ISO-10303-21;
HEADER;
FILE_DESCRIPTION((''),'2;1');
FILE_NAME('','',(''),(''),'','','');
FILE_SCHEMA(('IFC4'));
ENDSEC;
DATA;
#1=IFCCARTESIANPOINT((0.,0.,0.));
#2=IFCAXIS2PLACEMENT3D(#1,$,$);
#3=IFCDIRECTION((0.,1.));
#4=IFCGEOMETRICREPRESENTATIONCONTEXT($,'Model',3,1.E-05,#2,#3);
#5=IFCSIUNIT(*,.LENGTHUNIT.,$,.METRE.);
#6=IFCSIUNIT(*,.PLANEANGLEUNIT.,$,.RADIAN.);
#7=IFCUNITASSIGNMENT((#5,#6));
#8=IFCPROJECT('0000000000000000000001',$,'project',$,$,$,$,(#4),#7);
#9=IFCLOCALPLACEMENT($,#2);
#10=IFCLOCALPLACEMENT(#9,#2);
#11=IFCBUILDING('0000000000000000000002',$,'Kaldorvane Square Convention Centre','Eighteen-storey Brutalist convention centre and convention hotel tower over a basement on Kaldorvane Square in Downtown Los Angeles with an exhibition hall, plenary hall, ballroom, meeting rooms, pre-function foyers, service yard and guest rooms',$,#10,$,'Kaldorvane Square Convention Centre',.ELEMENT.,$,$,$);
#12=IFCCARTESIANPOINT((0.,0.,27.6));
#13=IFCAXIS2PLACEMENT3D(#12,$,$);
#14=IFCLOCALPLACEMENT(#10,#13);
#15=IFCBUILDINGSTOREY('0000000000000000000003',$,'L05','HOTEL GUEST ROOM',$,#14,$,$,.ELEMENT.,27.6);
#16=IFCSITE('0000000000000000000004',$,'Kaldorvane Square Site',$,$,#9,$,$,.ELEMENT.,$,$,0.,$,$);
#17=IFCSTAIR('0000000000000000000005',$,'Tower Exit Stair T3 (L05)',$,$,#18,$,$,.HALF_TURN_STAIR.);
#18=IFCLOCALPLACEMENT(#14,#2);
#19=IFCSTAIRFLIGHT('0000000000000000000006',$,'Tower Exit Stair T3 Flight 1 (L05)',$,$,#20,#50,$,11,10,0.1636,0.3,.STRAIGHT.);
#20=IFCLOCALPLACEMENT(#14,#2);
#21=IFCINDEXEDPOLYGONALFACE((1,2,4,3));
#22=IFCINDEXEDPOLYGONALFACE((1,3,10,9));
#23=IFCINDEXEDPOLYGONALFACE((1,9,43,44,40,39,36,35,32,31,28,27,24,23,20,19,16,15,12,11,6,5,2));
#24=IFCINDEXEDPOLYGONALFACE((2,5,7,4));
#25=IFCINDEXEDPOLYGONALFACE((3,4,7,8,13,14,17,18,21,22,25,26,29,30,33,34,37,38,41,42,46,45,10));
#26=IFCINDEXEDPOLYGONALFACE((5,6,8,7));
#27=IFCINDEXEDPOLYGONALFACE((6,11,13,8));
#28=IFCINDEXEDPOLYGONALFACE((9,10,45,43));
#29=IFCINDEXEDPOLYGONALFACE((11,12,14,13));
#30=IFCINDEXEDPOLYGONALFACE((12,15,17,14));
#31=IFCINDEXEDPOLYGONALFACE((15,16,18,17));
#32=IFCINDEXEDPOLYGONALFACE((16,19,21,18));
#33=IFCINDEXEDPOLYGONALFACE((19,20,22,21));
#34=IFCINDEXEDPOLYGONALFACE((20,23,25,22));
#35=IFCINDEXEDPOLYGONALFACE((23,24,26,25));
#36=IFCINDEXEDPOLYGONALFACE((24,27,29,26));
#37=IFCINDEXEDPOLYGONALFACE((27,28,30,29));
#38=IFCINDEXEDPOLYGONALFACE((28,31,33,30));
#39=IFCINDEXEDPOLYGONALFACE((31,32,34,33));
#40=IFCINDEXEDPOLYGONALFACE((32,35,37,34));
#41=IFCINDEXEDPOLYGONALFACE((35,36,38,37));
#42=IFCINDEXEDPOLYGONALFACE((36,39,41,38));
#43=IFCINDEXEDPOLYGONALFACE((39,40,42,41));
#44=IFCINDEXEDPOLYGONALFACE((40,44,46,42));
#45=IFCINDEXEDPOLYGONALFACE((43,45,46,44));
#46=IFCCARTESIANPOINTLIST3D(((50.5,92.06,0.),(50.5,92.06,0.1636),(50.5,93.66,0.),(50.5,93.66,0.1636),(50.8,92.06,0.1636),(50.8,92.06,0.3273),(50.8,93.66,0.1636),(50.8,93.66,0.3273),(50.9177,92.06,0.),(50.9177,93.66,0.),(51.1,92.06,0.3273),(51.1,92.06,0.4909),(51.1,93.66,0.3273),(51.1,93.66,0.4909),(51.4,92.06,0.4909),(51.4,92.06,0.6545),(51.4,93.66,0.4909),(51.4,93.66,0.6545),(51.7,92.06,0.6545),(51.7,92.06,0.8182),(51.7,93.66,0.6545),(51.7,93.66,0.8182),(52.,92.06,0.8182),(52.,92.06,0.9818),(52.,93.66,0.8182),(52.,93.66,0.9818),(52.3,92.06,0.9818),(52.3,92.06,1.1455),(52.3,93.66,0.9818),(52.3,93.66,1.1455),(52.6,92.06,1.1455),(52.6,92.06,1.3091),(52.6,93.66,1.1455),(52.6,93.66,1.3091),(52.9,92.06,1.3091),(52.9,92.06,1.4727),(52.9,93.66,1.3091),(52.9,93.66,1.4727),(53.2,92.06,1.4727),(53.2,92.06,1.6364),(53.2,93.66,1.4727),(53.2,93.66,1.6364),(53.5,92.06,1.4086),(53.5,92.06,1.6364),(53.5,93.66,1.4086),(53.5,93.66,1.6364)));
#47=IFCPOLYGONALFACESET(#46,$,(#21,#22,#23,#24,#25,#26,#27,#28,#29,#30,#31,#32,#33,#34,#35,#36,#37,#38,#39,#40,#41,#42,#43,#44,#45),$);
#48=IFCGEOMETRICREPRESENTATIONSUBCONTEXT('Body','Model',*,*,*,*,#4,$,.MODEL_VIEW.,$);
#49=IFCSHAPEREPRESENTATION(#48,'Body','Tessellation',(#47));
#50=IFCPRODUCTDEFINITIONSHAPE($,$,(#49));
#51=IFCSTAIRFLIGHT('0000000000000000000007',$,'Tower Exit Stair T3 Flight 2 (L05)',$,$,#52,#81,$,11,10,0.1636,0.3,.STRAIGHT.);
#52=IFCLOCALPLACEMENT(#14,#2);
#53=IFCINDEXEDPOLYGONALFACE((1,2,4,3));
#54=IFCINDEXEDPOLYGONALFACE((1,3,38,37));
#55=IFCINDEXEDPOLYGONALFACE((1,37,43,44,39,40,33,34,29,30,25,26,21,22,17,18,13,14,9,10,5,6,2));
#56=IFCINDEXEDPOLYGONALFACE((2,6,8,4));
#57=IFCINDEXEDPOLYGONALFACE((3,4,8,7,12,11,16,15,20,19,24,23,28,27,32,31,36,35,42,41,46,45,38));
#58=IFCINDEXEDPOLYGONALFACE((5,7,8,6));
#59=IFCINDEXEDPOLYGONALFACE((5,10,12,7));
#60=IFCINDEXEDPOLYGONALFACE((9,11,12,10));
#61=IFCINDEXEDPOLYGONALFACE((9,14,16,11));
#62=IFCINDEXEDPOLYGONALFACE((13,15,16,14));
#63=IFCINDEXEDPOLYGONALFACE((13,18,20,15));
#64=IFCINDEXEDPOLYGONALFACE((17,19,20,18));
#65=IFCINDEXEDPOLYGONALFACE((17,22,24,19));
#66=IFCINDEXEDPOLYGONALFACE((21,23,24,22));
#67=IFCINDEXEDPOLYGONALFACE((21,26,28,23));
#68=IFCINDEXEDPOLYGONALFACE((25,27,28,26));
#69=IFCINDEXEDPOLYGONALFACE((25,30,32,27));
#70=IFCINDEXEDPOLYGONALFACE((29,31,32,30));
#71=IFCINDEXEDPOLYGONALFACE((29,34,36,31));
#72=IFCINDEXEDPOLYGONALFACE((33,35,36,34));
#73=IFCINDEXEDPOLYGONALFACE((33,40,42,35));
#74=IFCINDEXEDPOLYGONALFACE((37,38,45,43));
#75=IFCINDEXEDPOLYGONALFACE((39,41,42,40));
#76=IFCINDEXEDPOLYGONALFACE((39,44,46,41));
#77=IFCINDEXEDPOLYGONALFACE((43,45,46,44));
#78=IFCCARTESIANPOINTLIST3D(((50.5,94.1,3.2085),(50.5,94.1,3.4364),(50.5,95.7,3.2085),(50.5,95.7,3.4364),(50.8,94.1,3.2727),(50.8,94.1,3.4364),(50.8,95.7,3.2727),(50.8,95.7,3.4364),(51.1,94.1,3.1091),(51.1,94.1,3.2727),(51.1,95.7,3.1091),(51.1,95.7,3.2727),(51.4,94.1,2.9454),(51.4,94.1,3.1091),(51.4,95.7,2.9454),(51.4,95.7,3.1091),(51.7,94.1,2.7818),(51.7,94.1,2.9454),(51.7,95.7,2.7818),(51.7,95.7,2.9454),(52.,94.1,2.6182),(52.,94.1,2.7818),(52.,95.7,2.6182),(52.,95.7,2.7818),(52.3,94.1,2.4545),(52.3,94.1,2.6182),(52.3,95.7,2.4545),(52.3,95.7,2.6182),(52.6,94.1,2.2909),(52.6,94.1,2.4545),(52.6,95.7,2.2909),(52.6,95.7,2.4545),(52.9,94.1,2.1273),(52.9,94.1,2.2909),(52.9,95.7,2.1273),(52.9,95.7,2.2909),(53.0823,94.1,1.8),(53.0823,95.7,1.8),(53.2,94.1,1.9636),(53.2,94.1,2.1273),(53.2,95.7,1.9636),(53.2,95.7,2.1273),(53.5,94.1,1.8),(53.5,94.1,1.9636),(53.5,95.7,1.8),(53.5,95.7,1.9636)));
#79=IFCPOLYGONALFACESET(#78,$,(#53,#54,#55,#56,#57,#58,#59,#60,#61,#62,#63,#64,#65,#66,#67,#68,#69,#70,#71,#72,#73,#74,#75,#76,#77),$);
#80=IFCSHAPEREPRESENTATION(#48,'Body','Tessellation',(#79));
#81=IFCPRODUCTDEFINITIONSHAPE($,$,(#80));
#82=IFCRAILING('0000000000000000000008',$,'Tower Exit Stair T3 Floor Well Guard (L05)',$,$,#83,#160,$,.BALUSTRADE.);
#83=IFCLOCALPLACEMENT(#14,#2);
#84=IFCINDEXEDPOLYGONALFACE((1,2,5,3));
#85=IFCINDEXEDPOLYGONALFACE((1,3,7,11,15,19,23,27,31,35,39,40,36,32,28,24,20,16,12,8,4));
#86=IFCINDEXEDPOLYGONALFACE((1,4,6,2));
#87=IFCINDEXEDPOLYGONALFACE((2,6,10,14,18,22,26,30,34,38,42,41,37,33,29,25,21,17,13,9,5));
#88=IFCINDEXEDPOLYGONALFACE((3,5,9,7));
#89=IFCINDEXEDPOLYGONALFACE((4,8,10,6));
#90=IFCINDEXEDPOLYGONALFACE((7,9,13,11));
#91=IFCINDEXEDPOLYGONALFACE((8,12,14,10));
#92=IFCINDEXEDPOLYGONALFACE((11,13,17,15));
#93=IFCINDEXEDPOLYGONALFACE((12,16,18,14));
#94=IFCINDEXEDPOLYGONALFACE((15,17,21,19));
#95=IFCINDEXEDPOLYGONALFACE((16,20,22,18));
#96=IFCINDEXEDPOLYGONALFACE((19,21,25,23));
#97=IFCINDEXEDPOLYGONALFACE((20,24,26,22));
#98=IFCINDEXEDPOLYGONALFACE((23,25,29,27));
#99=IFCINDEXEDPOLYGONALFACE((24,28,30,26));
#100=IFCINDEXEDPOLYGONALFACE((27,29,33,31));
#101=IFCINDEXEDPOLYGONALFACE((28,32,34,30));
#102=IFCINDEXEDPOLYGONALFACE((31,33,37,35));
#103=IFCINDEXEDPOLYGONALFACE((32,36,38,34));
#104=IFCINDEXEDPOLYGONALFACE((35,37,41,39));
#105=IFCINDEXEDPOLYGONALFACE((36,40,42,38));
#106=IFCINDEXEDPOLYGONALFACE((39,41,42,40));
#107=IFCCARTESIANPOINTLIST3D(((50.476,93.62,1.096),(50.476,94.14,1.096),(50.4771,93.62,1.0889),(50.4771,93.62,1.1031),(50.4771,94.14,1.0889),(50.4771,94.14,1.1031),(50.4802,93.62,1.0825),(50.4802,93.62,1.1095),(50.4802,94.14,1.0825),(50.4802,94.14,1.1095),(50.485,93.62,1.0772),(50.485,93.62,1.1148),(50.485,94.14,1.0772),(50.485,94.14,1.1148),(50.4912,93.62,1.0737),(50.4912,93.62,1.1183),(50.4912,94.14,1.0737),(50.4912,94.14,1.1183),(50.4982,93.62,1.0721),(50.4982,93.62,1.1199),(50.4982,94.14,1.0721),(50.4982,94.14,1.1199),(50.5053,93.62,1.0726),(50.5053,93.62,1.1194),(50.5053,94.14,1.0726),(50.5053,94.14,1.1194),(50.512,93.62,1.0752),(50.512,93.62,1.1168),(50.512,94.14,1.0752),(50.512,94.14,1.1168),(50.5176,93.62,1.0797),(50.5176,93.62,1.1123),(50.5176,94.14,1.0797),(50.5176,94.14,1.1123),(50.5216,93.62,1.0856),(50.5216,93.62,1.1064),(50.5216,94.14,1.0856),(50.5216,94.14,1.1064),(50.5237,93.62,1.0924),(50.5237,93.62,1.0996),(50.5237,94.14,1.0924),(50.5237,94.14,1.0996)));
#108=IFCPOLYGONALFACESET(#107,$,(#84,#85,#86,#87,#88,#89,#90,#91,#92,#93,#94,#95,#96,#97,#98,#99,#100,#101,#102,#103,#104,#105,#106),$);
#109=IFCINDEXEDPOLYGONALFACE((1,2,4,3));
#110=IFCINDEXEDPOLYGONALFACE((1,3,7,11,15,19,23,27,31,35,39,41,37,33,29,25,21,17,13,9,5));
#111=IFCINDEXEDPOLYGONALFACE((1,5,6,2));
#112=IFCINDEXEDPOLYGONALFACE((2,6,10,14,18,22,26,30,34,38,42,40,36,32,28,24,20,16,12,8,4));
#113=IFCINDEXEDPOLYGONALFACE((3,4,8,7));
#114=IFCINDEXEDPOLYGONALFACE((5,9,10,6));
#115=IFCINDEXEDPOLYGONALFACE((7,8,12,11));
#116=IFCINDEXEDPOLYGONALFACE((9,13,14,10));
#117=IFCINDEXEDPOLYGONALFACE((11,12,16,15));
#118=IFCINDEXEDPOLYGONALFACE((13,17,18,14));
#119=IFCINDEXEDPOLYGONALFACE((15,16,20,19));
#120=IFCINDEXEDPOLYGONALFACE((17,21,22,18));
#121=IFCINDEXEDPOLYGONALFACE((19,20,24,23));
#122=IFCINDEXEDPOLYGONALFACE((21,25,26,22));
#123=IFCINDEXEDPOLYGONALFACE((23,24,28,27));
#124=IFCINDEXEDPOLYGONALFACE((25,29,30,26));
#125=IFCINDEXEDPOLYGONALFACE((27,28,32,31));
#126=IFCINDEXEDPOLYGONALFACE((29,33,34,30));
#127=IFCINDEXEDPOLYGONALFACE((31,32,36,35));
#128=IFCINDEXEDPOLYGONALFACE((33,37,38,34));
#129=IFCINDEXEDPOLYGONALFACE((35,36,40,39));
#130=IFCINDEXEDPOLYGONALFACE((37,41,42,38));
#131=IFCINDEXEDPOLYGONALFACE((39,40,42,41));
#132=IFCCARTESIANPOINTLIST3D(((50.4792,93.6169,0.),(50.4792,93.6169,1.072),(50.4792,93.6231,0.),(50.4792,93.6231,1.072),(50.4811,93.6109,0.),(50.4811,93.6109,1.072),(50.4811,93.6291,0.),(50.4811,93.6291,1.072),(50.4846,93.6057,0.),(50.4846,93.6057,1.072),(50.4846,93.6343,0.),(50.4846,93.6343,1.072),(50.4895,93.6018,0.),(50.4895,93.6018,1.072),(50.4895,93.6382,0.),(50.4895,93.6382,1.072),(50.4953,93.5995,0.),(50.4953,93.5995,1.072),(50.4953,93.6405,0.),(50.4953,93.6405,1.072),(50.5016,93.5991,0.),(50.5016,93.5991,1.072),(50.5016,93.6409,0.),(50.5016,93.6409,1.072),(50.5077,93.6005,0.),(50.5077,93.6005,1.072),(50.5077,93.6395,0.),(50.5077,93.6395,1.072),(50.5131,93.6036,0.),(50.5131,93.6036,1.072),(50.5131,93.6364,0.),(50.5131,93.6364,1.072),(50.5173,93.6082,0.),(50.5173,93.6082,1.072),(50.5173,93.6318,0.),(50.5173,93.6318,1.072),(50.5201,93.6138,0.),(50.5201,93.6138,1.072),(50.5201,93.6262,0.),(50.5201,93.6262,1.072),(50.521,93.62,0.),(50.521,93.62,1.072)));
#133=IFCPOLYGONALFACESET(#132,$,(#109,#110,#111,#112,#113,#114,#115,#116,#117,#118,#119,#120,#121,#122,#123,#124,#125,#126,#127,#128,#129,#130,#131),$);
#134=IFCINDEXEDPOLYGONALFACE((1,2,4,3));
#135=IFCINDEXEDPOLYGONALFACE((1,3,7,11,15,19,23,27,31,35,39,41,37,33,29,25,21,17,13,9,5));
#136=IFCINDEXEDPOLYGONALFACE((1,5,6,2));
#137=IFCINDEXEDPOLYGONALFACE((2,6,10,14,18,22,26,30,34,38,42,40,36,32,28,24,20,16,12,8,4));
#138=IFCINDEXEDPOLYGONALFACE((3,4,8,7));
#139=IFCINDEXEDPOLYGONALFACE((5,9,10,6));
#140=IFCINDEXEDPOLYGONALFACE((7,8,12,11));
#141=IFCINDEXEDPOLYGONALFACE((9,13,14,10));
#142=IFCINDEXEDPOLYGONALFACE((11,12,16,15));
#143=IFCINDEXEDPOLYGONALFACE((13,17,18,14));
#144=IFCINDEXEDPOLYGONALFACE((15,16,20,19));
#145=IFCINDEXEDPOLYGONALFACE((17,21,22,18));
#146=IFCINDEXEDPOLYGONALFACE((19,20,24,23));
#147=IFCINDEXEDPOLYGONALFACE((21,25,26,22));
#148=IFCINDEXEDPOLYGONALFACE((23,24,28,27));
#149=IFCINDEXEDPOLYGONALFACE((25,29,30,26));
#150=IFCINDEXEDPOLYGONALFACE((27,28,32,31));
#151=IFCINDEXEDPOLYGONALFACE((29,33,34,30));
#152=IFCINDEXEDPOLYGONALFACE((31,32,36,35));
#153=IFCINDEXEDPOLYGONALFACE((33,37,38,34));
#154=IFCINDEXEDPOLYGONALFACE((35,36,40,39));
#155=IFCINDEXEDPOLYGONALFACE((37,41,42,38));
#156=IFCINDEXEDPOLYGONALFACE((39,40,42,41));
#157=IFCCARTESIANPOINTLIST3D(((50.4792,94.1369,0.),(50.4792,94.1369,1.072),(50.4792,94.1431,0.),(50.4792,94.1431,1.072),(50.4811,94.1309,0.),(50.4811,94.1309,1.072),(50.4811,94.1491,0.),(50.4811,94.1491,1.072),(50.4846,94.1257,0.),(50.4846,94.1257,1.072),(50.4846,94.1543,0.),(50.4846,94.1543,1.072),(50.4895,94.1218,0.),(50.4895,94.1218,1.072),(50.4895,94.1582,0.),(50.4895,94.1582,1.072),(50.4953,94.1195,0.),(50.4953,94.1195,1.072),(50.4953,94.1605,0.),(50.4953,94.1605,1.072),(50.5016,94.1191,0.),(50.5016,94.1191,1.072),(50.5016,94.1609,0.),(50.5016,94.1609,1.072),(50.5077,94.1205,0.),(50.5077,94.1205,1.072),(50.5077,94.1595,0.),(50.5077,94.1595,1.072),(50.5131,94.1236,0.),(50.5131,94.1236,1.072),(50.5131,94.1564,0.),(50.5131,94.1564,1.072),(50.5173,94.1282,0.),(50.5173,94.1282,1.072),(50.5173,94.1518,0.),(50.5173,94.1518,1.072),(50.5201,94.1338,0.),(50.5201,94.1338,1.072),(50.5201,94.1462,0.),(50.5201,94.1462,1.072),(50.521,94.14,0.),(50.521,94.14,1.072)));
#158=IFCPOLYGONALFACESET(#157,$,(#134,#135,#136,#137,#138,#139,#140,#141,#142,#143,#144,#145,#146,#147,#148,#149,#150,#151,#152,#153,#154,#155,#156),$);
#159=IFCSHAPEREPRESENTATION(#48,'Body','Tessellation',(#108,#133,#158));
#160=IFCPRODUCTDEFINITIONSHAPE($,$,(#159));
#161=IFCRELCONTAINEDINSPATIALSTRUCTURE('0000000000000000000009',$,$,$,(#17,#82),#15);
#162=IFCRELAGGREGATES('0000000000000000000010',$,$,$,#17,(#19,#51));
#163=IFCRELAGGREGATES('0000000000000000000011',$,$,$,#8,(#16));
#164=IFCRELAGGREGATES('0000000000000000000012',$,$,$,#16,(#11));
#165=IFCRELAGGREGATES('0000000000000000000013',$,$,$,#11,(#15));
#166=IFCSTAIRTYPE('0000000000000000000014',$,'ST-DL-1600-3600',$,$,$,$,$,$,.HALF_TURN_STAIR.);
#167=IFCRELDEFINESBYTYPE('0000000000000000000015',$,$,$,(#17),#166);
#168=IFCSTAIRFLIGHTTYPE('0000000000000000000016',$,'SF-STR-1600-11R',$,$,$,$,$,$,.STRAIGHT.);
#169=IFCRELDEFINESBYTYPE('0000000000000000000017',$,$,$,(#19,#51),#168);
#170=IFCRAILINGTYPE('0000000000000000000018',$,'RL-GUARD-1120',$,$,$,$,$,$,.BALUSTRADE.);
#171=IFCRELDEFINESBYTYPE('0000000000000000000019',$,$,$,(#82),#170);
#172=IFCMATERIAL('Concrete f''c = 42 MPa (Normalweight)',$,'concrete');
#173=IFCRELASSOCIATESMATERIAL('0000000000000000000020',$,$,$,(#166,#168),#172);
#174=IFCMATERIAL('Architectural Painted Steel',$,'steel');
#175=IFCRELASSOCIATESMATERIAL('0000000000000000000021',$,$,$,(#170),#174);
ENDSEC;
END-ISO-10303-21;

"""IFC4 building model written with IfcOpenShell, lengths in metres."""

from ifc_helpers import new_model, si_unit, direction, frame, origin, origin_2d, place, context, subcontext, project, spatial, polyline, circle, outline, extrude, material, type_object, element, aggregate, save


model = new_model("IFC4")

# Units and contexts
model_context = context("Model", 3, precision=1e-05, world=origin(), true_north=direction((0.0, 1.0)))
body_context = subcontext(model_context, "Body", "Model", "MODEL_VIEW")
ifc_project = project(units=[si_unit("LENGTHUNIT", "METRE"), si_unit("PLANEANGLEUNIT", "RADIAN")], contexts=[model_context])

# Site, building, storey
site_placement = place(None, origin())
site = spatial("IfcSite", under=ifc_project, at=site_placement, Name="Kaldorvane Square Site", CompositionType="ELEMENT", RefElevation=0.0)
building_placement = place(site_placement, origin())
building = spatial("IfcBuilding", under=site, at=building_placement, Name="Kaldorvane Square Convention Centre", Description="Eighteen-storey Brutalist convention centre and convention hotel tower over a basement on Kaldorvane Square in Downtown Los Angeles with an exhibition hall, plenary hall, ballroom, meeting rooms, pre-function foyers, service yard and guest rooms", LongName="Kaldorvane Square Convention Centre", CompositionType="ELEMENT")
storey_placement = place(building_placement, frame((0.0, 0.0, 27.6)))
storey = spatial("IfcBuildingStorey", under=building, at=storey_placement, Name="L05", Description="HOTEL GUEST ROOM", CompositionType="ELEMENT", Elevation=27.6)

# Shared definitions
ifc_material_1 = material(Name="Concrete f'c = 42 MPa (Normalweight)", Category="concrete")
stair_type = type_object("IfcStairType", Name="ST-DL-1600-3600", PredefinedType="HALF_TURN_STAIR", material=ifc_material_1)
stair_flight_type = type_object("IfcStairFlightType", Name="SF-STR-1600-11R", PredefinedType="STRAIGHT", material=ifc_material_1)

# Stair, stair flights
stair_1_placement = place(storey_placement, origin())
stair_1 = element("IfcStair", 1, at=stair_1_placement, inside=storey, type_object=stair_type, Name="Tower Exit Stair T3 (L05)", PredefinedType="HALF_TURN_STAIR")
stair_flight_1_placement = place(storey_placement, frame((50.5, 92.86, 0.0), z_axis=(0.0, 0.0, 1.0), x_axis=(1.0, 0.0, 0.0)))
stair_flight_1 = element("IfcStairFlight", 2, at=stair_flight_1_placement, type_object=stair_flight_type, Name="Tower Exit Stair T3 Flight 1 (L05)", NumberOfRisers=11, NumberOfTreads=10, PredefinedType="STRAIGHT", RiserHeight=0.1636, TreadLength=0.3, context=body_context, shape_type="SweptSolid", body=[
    extrude(outline(polyline([(0.0, 0.0), (0.0, 0.1636), (0.3, 0.1636), (0.3, 0.3273), (0.6, 0.3273), (0.6, 0.4909), (0.9, 0.4909), (0.9, 0.6545), (1.2, 0.6545), (1.2, 0.8182), (1.5, 0.8182), (1.5, 0.9818), (1.8, 0.9818), (1.8, 1.1455), (2.1, 1.1455), (2.1, 1.3091), (2.4, 1.3091), (2.4, 1.4727), (2.7, 1.4727), (2.7, 1.6364), (3.0, 1.6364), (3.0, 1.8), (3.0, 1.4086), (0.4177, 0.0), (0.0, 0.0)])), frame((0.0, 0.8, 0.0), z_axis=(0.0, -1.0, 0.0), x_axis=(1.0, 0.0, 0.0)), (0.0, 0.0, 1.0), 1.6),
])
stair_flight_2_placement = place(storey_placement, frame((53.5, 94.9, 1.8), z_axis=(0.0, 0.0, 1.0), x_axis=(-1.0, 0.0, 0.0)))
stair_flight_2 = element("IfcStairFlight", 3, at=stair_flight_2_placement, type_object=stair_flight_type, Name="Tower Exit Stair T3 Flight 2 (L05)", NumberOfRisers=11, NumberOfTreads=10, PredefinedType="STRAIGHT", RiserHeight=0.1636, TreadLength=0.3, context=body_context, shape_type="SweptSolid", body=[
    extrude(outline(polyline([(0.0, 0.0), (0.0, 0.1636), (0.3, 0.1636), (0.3, 0.3273), (0.6, 0.3273), (0.6, 0.4909), (0.9, 0.4909), (0.9, 0.6545), (1.2, 0.6545), (1.2, 0.8182), (1.5, 0.8182), (1.5, 0.9818), (1.8, 0.9818), (1.8, 1.1455), (2.1, 1.1455), (2.1, 1.3091), (2.4, 1.3091), (2.4, 1.4727), (2.7, 1.4727), (2.7, 1.6364), (3.0, 1.6364), (3.0, 1.8), (3.0, 1.4086), (0.4177, 0.0), (0.0, 0.0)])), frame((0.0, 0.8, 0.0), z_axis=(0.0, -1.0, 0.0), x_axis=(1.0, 0.0, 0.0)), (0.0, 0.0, 1.0), 1.6),
])
aggregate(stair_1, [stair_flight_1, stair_flight_2])

# Railing
ifc_material_2 = material(Name="Architectural Painted Steel", Category="steel")
railing_type_1 = type_object("IfcRailingType", Name="RL-GUARD-1120", PredefinedType="BALUSTRADE", material=ifc_material_2)
for number, where, name in (
    (4, (50.5, 93.62, 0.0), "Tower Exit Stair T3 Floor Well Guard (L05)"),
):
    element("IfcRailing", number, at=place(storey_placement, frame(where)), inside=storey, type_object=railing_type_1, Name=name, PredefinedType="BALUSTRADE", context=body_context, shape_type="SweptSolid", body=[
        extrude(circle(Radius=0.024, at=origin_2d()), frame((0.0, 0.0, 1.096), z_axis=(0.0, 1.0, 0.0), x_axis=(-1.0, 0.0, 0.0)), (0.0, 0.0, 1.0), 0.52),
        extrude(circle(Radius=0.021, at=origin_2d()), origin(), (0.0, 0.0, 1.0), 1.072),
        extrude(circle(Radius=0.021, at=origin_2d()), frame((0.0, 0.52, 0.0)), (0.0, 0.0, 1.0), 1.072),
    ])

save(model, "model.ifc")
